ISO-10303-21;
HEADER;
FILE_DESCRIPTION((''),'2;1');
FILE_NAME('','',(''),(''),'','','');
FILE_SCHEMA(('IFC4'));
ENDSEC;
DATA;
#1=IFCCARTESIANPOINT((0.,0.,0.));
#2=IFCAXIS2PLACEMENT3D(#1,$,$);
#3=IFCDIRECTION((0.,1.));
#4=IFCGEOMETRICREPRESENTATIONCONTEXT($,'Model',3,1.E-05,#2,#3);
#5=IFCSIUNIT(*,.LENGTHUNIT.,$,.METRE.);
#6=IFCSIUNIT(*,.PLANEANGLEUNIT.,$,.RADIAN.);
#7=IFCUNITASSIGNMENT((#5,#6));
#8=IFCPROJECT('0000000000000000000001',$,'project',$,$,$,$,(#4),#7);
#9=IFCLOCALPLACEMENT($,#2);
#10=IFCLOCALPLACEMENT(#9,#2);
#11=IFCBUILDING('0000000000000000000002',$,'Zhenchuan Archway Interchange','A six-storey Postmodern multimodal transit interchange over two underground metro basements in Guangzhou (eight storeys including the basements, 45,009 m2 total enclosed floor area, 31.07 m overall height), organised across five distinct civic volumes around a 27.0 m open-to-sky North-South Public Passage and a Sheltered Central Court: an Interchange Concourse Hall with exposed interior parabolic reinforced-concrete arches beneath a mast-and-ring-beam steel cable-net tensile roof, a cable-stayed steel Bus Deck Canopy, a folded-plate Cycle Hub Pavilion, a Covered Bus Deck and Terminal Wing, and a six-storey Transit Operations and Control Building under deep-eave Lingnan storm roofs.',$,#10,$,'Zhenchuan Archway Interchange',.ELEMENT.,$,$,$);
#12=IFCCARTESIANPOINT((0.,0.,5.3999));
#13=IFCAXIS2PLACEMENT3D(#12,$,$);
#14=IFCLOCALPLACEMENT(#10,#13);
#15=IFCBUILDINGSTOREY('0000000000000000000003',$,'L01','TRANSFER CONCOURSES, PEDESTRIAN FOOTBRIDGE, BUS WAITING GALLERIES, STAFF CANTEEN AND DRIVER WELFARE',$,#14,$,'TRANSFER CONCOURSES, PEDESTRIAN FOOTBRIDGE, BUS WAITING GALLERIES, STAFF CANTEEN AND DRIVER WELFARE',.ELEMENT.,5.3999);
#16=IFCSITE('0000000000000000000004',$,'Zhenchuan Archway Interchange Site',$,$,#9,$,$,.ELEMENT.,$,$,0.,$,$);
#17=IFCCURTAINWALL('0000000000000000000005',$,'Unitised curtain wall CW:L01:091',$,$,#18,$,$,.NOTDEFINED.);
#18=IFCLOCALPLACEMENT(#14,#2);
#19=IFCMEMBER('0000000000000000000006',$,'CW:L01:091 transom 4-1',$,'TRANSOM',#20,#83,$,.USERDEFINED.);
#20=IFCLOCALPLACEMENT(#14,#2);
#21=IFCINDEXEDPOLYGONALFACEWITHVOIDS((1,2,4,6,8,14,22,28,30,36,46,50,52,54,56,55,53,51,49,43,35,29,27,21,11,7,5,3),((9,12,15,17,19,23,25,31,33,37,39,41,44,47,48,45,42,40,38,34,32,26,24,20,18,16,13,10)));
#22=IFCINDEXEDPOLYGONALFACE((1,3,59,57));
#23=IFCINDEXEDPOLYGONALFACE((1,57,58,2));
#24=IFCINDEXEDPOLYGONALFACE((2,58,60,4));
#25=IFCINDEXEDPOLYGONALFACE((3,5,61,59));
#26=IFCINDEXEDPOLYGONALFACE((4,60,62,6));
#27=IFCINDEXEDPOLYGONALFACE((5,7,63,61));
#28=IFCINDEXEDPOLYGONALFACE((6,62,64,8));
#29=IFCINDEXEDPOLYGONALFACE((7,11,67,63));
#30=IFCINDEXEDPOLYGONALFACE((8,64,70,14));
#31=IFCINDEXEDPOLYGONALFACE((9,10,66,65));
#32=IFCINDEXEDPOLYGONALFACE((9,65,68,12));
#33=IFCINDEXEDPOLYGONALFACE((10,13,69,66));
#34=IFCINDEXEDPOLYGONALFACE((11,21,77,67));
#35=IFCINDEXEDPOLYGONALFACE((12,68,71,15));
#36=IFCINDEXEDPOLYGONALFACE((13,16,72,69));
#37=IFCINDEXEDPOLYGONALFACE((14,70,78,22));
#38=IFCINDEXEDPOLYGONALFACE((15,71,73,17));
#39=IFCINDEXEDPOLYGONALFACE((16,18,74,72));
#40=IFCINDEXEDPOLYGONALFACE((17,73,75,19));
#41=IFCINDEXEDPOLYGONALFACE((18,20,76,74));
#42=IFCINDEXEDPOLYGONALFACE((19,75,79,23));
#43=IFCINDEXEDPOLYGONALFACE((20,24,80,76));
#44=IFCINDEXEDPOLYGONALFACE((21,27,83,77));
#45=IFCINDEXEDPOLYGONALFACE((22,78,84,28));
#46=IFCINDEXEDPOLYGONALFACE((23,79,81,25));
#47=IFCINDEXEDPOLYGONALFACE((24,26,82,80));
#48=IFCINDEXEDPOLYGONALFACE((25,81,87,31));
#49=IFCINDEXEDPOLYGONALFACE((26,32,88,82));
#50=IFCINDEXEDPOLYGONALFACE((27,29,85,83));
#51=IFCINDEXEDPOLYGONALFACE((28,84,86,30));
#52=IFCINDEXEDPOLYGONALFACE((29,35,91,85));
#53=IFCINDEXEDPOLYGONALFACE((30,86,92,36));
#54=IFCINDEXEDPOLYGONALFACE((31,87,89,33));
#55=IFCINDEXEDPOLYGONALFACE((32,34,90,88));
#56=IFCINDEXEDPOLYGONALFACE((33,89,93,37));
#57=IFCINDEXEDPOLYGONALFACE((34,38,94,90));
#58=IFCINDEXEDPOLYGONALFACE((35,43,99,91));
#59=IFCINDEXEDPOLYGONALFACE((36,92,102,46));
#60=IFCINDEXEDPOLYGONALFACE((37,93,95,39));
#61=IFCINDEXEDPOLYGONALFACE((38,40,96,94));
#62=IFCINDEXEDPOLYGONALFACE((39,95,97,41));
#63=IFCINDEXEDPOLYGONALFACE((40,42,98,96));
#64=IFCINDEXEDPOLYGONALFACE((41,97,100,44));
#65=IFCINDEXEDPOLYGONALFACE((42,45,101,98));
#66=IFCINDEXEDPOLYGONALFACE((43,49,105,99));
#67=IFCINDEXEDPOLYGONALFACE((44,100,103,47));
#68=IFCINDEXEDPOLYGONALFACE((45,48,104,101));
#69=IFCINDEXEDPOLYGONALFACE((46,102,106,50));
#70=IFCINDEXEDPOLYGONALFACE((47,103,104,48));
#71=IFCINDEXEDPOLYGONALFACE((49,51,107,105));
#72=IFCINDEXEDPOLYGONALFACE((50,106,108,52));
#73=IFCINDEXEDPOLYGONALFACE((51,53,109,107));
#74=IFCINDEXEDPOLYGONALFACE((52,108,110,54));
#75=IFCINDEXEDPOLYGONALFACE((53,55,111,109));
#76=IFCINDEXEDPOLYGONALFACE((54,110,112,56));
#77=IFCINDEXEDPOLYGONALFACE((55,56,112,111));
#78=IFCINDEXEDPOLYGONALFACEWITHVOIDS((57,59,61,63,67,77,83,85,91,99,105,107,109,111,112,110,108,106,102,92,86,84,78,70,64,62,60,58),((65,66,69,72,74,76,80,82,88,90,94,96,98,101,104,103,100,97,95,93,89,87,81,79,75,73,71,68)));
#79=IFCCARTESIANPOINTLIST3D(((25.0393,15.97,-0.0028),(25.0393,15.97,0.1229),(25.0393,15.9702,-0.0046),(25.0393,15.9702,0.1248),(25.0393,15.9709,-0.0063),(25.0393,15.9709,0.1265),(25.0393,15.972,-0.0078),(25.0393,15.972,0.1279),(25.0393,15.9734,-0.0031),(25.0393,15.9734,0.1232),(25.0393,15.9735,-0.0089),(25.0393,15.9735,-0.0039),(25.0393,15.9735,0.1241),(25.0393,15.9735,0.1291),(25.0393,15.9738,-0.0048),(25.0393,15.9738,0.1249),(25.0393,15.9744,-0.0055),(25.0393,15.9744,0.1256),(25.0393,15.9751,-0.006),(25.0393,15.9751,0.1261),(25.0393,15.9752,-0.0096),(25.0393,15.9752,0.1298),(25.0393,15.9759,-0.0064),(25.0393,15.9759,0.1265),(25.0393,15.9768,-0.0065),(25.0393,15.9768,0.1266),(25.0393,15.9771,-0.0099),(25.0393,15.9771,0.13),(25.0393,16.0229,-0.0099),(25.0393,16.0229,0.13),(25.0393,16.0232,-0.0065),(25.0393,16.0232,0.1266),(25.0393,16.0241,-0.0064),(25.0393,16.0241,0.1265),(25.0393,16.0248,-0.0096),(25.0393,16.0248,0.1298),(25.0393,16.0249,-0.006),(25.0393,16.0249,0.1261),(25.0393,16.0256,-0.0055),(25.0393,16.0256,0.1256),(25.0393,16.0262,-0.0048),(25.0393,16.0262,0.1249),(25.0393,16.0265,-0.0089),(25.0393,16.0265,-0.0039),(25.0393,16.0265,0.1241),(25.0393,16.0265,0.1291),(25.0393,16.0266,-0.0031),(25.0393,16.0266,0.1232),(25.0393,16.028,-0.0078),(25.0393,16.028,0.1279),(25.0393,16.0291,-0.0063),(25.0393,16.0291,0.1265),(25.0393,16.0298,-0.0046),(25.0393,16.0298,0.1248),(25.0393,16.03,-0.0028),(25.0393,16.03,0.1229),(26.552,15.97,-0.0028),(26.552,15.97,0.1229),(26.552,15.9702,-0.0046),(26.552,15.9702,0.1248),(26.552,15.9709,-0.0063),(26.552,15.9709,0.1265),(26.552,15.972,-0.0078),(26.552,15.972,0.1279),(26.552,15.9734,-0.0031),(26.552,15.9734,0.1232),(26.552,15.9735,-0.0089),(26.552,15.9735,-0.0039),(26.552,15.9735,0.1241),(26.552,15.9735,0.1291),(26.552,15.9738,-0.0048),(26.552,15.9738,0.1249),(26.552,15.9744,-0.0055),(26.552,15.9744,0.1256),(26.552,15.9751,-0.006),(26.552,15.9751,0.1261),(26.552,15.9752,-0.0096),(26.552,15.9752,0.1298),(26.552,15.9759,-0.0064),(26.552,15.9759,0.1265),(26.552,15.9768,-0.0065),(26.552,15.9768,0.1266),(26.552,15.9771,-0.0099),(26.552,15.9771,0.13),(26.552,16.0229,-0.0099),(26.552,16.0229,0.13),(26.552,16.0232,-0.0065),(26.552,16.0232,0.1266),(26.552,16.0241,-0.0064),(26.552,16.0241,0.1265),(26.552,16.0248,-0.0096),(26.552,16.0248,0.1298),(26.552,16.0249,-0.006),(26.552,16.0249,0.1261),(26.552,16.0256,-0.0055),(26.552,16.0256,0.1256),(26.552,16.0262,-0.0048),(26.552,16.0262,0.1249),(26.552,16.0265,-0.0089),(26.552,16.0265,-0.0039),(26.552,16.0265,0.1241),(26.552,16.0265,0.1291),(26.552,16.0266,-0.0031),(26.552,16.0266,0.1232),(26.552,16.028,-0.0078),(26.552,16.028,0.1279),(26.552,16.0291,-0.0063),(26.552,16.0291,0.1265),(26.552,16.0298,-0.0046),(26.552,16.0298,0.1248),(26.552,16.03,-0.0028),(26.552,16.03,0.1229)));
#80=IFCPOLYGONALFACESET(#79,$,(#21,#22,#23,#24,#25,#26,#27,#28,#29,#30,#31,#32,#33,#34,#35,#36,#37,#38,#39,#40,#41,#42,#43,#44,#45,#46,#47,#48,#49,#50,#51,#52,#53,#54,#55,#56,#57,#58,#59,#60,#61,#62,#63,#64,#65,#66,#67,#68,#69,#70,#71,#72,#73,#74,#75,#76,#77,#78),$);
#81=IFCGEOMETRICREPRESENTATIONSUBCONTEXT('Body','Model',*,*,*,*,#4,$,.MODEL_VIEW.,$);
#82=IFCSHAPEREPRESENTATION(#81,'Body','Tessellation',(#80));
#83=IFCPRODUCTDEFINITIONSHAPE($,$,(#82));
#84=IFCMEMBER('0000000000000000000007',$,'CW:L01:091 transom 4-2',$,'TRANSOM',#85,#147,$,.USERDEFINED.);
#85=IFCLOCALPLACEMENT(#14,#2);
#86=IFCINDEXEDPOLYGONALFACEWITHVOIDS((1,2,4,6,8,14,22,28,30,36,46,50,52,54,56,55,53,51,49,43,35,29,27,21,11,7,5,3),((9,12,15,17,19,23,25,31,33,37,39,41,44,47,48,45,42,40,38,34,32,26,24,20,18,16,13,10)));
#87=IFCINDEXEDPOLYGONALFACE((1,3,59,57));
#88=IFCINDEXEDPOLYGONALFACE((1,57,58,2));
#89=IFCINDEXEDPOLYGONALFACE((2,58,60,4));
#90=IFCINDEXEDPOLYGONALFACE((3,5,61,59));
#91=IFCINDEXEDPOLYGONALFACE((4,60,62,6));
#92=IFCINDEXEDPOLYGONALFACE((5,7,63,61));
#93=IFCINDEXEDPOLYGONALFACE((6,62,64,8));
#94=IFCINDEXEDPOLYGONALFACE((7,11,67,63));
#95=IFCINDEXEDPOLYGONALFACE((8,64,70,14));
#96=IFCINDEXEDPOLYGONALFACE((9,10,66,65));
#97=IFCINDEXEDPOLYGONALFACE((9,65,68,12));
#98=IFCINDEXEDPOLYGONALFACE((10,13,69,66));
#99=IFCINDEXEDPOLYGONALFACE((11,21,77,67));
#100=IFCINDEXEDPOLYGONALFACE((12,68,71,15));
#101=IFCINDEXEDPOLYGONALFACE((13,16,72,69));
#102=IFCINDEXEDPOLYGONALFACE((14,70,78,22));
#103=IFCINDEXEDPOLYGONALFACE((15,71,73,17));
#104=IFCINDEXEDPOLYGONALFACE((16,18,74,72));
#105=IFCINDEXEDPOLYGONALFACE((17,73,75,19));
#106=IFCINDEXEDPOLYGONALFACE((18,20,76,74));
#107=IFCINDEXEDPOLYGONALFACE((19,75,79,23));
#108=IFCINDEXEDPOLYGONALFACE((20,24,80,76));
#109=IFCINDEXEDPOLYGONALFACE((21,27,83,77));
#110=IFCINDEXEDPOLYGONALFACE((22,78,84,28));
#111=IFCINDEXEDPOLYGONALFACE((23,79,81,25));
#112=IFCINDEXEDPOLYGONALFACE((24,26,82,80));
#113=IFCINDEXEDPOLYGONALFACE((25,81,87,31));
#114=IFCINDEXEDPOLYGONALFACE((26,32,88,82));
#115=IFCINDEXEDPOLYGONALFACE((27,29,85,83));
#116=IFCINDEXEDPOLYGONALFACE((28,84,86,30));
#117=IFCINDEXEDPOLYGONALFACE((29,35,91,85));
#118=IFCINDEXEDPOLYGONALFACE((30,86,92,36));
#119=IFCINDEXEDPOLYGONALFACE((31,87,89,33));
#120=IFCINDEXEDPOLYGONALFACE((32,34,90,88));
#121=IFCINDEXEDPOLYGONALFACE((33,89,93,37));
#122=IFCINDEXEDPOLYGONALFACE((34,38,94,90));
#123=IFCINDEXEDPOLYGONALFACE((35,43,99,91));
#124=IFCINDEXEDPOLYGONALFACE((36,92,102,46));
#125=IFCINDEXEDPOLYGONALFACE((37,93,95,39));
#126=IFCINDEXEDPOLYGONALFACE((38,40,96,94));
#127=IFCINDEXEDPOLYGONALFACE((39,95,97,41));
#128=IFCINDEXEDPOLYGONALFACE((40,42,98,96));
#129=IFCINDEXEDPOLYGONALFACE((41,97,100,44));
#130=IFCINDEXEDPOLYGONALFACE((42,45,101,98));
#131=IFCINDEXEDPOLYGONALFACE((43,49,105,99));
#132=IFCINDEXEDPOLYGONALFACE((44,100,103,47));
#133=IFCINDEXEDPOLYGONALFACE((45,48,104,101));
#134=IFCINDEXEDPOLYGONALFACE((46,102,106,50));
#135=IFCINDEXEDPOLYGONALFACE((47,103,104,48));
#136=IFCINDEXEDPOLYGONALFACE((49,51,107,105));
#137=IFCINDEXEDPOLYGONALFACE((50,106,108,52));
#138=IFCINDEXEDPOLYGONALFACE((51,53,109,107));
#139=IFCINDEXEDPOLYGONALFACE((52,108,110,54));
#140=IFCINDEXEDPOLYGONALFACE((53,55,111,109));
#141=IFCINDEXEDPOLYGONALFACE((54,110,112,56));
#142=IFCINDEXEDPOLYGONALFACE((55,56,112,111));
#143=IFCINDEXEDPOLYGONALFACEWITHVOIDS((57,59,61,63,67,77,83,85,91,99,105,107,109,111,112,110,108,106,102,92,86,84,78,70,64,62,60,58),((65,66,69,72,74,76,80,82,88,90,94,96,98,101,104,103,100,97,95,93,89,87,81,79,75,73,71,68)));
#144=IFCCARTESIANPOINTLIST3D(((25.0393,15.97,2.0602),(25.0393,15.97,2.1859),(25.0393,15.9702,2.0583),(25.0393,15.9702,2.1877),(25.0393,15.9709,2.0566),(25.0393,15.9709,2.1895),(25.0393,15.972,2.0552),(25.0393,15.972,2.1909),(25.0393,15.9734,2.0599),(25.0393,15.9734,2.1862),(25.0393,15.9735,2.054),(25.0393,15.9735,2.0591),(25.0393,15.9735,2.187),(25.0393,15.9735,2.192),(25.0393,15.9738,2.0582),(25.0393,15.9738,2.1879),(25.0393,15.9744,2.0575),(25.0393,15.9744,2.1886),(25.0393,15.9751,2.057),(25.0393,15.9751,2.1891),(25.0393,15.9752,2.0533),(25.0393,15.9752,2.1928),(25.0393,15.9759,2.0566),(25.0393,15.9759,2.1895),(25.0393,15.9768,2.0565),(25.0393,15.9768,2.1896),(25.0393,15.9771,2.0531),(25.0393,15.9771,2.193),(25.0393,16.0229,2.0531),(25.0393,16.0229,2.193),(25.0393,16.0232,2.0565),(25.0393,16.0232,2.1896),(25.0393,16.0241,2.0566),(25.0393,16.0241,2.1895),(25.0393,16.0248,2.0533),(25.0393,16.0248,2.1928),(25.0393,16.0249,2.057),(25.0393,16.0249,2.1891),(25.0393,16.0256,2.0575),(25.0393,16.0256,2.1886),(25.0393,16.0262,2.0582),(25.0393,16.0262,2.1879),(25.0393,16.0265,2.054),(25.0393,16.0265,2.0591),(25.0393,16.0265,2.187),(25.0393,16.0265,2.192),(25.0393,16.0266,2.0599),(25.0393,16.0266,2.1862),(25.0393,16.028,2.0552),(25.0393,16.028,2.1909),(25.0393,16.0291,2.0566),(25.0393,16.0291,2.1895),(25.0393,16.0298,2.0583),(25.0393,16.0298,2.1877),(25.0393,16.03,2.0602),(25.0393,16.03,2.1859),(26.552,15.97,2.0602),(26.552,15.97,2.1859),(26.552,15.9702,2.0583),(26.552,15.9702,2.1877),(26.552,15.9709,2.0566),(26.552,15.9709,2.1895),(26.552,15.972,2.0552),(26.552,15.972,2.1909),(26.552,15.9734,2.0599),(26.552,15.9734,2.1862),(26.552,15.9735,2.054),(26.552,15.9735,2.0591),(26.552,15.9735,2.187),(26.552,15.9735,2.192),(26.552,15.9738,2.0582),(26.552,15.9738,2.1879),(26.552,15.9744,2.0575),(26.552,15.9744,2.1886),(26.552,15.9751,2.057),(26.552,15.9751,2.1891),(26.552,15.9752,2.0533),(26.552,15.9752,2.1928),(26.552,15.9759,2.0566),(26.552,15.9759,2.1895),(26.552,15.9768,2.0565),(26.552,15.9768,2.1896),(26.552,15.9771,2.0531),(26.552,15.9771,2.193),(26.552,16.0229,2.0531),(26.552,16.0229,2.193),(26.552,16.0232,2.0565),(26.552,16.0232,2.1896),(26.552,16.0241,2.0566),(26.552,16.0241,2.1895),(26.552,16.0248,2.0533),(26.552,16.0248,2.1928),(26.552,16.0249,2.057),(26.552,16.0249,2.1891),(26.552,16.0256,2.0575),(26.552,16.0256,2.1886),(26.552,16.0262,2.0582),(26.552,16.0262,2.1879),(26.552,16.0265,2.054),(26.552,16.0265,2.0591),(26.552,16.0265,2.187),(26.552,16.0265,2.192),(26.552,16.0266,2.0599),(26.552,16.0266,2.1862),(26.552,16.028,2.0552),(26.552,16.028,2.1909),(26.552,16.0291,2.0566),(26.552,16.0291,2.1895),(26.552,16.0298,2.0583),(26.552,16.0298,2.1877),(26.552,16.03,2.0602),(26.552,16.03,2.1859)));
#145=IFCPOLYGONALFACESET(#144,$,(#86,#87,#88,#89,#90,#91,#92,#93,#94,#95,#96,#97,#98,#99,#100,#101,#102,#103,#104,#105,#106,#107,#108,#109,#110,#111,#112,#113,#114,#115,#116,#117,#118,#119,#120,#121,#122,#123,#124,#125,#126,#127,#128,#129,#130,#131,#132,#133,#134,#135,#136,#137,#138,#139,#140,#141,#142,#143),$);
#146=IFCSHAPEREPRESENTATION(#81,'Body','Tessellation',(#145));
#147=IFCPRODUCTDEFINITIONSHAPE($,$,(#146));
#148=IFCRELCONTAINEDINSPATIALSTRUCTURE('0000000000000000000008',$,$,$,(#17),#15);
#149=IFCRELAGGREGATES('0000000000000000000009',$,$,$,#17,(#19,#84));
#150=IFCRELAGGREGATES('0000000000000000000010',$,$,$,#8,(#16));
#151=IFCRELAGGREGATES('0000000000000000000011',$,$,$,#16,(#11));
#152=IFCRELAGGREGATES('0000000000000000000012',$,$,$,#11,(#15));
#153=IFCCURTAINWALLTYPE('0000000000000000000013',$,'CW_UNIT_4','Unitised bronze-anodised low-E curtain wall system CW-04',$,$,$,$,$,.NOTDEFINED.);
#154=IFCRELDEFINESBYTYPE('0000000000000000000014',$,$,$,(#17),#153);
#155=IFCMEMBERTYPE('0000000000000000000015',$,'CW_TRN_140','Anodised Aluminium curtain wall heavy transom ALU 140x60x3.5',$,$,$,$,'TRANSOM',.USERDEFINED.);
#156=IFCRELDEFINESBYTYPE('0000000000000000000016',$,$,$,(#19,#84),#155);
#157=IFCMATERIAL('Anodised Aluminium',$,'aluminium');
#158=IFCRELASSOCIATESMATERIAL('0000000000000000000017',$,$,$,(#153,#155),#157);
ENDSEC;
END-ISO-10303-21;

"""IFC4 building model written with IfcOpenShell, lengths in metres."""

from ifc_helpers import new_model, si_unit, direction, frame, origin, origin_2d, place, context, subcontext, project, spatial, hollow_rectangle, extrude, material, material_profile, profile_set, type_object, element, aggregate, save


model = new_model("IFC4")

# Units and contexts
model_context = context("Model", 3, precision=1e-05, world=origin(), true_north=direction((0.0, 1.0)))
body_context = subcontext(model_context, "Body", "Model", "MODEL_VIEW")
ifc_project = project(units=[si_unit("LENGTHUNIT", "METRE"), si_unit("PLANEANGLEUNIT", "RADIAN")], contexts=[model_context])

# Site, building, storey
site_placement = place(None, origin())
site = spatial("IfcSite", under=ifc_project, at=site_placement, Name="Zhenchuan Archway Interchange Site", CompositionType="ELEMENT", RefElevation=0.0)
building_placement = place(site_placement, origin())
building = spatial("IfcBuilding", under=site, at=building_placement, Name="Zhenchuan Archway Interchange", Description="A six-storey Postmodern multimodal transit interchange over two underground metro basements in Guangzhou (eight storeys including the basements, 45,009 m2 total enclosed floor area, 31.07 m overall height), organised across five distinct civic volumes around a 27.0 m open-to-sky North-South Public Passage and a Sheltered Central Court: an Interchange Concourse Hall with exposed interior parabolic reinforced-concrete arches beneath a mast-and-ring-beam steel cable-net tensile roof, a cable-stayed steel Bus Deck Canopy, a folded-plate Cycle Hub Pavilion, a Covered Bus Deck and Terminal Wing, and a six-storey Transit Operations and Control Building under deep-eave Lingnan storm roofs.", LongName="Zhenchuan Archway Interchange", CompositionType="ELEMENT")
storey_placement = place(building_placement, frame((0.0, 0.0, 5.3999)))
storey = spatial("IfcBuildingStorey", under=building, at=storey_placement, Name="L01", Description="TRANSFER CONCOURSES, PEDESTRIAN FOOTBRIDGE, BUS WAITING GALLERIES, STAFF CANTEEN AND DRIVER WELFARE", LongName="TRANSFER CONCOURSES, PEDESTRIAN FOOTBRIDGE, BUS WAITING GALLERIES, STAFF CANTEEN AND DRIVER WELFARE", CompositionType="ELEMENT", Elevation=5.3999)

# Curtain wall, members
ifc_material_1 = material(Name="Anodised Aluminium", Category="aluminium")
curtain_wall_type = type_object("IfcCurtainWallType", Name="CW_UNIT_4", Description="Unitised bronze-anodised low-E curtain wall system CW-04", PredefinedType="NOTDEFINED", material=ifc_material_1)
curtain_wall_placement = place(storey_placement, origin())
curtain_wall = element("IfcCurtainWall", 1, at=curtain_wall_placement, inside=storey, type_object=curtain_wall_type, Name="Unitised curtain wall CW:L01:091", PredefinedType="NOTDEFINED")
ifc_material_profile_1 = material_profile(ifc_material_1, hollow_rectangle(XDim=0.0601, YDim=0.1399, WallThickness=0.0034, InnerFilletRadius=0.0034, OuterFilletRadius=0.0071, at=origin_2d()), Name="ALU 140x60x3.5")
ifc_profile_set_1 = profile_set([ifc_material_profile_1], Name="Anodised Aluminium")
member_type_1 = type_object("IfcMemberType", Name="CW_TRN_140", Description="Anodised Aluminium curtain wall heavy transom ALU 140x60x3.5", ElementType="TRANSOM", PredefinedType="USERDEFINED", material=ifc_profile_set_1)
member_1_placement = place(storey_placement, frame((25.0393, 16.0, 0.0601), z_axis=(1.0, 0.0, 0.0), x_axis=(0.0, 1.0, 0.0)))
member_1 = element("IfcMember", 2, at=member_1_placement, type_object=member_type_1, Name="CW:L01:091 transom 4-1", ObjectType="TRANSOM", PredefinedType="USERDEFINED", context=body_context, shape_type="SweptSolid", body=[
    extrude(hollow_rectangle(XDim=0.0601, YDim=0.1399, WallThickness=0.0034, InnerFilletRadius=0.0034, OuterFilletRadius=0.0071, at=origin_2d()), origin(), (0.0, 0.0, 1.0), 1.5127),
])
member_2_placement = place(storey_placement, frame((25.0393, 16.0, 2.123), z_axis=(1.0, 0.0, 0.0), x_axis=(0.0, 1.0, 0.0)))
member_2 = element("IfcMember", 3, at=member_2_placement, type_object=member_type_1, Name="CW:L01:091 transom 4-2", ObjectType="TRANSOM", PredefinedType="USERDEFINED", context=body_context, shape_type="SweptSolid", body=[
    extrude(hollow_rectangle(XDim=0.0601, YDim=0.1399, WallThickness=0.0034, InnerFilletRadius=0.0034, OuterFilletRadius=0.0071, at=origin_2d()), origin(), (0.0, 0.0, 1.0), 1.5127),
])

aggregate(curtain_wall, [member_1, member_2])

save(model, "model.ifc")
